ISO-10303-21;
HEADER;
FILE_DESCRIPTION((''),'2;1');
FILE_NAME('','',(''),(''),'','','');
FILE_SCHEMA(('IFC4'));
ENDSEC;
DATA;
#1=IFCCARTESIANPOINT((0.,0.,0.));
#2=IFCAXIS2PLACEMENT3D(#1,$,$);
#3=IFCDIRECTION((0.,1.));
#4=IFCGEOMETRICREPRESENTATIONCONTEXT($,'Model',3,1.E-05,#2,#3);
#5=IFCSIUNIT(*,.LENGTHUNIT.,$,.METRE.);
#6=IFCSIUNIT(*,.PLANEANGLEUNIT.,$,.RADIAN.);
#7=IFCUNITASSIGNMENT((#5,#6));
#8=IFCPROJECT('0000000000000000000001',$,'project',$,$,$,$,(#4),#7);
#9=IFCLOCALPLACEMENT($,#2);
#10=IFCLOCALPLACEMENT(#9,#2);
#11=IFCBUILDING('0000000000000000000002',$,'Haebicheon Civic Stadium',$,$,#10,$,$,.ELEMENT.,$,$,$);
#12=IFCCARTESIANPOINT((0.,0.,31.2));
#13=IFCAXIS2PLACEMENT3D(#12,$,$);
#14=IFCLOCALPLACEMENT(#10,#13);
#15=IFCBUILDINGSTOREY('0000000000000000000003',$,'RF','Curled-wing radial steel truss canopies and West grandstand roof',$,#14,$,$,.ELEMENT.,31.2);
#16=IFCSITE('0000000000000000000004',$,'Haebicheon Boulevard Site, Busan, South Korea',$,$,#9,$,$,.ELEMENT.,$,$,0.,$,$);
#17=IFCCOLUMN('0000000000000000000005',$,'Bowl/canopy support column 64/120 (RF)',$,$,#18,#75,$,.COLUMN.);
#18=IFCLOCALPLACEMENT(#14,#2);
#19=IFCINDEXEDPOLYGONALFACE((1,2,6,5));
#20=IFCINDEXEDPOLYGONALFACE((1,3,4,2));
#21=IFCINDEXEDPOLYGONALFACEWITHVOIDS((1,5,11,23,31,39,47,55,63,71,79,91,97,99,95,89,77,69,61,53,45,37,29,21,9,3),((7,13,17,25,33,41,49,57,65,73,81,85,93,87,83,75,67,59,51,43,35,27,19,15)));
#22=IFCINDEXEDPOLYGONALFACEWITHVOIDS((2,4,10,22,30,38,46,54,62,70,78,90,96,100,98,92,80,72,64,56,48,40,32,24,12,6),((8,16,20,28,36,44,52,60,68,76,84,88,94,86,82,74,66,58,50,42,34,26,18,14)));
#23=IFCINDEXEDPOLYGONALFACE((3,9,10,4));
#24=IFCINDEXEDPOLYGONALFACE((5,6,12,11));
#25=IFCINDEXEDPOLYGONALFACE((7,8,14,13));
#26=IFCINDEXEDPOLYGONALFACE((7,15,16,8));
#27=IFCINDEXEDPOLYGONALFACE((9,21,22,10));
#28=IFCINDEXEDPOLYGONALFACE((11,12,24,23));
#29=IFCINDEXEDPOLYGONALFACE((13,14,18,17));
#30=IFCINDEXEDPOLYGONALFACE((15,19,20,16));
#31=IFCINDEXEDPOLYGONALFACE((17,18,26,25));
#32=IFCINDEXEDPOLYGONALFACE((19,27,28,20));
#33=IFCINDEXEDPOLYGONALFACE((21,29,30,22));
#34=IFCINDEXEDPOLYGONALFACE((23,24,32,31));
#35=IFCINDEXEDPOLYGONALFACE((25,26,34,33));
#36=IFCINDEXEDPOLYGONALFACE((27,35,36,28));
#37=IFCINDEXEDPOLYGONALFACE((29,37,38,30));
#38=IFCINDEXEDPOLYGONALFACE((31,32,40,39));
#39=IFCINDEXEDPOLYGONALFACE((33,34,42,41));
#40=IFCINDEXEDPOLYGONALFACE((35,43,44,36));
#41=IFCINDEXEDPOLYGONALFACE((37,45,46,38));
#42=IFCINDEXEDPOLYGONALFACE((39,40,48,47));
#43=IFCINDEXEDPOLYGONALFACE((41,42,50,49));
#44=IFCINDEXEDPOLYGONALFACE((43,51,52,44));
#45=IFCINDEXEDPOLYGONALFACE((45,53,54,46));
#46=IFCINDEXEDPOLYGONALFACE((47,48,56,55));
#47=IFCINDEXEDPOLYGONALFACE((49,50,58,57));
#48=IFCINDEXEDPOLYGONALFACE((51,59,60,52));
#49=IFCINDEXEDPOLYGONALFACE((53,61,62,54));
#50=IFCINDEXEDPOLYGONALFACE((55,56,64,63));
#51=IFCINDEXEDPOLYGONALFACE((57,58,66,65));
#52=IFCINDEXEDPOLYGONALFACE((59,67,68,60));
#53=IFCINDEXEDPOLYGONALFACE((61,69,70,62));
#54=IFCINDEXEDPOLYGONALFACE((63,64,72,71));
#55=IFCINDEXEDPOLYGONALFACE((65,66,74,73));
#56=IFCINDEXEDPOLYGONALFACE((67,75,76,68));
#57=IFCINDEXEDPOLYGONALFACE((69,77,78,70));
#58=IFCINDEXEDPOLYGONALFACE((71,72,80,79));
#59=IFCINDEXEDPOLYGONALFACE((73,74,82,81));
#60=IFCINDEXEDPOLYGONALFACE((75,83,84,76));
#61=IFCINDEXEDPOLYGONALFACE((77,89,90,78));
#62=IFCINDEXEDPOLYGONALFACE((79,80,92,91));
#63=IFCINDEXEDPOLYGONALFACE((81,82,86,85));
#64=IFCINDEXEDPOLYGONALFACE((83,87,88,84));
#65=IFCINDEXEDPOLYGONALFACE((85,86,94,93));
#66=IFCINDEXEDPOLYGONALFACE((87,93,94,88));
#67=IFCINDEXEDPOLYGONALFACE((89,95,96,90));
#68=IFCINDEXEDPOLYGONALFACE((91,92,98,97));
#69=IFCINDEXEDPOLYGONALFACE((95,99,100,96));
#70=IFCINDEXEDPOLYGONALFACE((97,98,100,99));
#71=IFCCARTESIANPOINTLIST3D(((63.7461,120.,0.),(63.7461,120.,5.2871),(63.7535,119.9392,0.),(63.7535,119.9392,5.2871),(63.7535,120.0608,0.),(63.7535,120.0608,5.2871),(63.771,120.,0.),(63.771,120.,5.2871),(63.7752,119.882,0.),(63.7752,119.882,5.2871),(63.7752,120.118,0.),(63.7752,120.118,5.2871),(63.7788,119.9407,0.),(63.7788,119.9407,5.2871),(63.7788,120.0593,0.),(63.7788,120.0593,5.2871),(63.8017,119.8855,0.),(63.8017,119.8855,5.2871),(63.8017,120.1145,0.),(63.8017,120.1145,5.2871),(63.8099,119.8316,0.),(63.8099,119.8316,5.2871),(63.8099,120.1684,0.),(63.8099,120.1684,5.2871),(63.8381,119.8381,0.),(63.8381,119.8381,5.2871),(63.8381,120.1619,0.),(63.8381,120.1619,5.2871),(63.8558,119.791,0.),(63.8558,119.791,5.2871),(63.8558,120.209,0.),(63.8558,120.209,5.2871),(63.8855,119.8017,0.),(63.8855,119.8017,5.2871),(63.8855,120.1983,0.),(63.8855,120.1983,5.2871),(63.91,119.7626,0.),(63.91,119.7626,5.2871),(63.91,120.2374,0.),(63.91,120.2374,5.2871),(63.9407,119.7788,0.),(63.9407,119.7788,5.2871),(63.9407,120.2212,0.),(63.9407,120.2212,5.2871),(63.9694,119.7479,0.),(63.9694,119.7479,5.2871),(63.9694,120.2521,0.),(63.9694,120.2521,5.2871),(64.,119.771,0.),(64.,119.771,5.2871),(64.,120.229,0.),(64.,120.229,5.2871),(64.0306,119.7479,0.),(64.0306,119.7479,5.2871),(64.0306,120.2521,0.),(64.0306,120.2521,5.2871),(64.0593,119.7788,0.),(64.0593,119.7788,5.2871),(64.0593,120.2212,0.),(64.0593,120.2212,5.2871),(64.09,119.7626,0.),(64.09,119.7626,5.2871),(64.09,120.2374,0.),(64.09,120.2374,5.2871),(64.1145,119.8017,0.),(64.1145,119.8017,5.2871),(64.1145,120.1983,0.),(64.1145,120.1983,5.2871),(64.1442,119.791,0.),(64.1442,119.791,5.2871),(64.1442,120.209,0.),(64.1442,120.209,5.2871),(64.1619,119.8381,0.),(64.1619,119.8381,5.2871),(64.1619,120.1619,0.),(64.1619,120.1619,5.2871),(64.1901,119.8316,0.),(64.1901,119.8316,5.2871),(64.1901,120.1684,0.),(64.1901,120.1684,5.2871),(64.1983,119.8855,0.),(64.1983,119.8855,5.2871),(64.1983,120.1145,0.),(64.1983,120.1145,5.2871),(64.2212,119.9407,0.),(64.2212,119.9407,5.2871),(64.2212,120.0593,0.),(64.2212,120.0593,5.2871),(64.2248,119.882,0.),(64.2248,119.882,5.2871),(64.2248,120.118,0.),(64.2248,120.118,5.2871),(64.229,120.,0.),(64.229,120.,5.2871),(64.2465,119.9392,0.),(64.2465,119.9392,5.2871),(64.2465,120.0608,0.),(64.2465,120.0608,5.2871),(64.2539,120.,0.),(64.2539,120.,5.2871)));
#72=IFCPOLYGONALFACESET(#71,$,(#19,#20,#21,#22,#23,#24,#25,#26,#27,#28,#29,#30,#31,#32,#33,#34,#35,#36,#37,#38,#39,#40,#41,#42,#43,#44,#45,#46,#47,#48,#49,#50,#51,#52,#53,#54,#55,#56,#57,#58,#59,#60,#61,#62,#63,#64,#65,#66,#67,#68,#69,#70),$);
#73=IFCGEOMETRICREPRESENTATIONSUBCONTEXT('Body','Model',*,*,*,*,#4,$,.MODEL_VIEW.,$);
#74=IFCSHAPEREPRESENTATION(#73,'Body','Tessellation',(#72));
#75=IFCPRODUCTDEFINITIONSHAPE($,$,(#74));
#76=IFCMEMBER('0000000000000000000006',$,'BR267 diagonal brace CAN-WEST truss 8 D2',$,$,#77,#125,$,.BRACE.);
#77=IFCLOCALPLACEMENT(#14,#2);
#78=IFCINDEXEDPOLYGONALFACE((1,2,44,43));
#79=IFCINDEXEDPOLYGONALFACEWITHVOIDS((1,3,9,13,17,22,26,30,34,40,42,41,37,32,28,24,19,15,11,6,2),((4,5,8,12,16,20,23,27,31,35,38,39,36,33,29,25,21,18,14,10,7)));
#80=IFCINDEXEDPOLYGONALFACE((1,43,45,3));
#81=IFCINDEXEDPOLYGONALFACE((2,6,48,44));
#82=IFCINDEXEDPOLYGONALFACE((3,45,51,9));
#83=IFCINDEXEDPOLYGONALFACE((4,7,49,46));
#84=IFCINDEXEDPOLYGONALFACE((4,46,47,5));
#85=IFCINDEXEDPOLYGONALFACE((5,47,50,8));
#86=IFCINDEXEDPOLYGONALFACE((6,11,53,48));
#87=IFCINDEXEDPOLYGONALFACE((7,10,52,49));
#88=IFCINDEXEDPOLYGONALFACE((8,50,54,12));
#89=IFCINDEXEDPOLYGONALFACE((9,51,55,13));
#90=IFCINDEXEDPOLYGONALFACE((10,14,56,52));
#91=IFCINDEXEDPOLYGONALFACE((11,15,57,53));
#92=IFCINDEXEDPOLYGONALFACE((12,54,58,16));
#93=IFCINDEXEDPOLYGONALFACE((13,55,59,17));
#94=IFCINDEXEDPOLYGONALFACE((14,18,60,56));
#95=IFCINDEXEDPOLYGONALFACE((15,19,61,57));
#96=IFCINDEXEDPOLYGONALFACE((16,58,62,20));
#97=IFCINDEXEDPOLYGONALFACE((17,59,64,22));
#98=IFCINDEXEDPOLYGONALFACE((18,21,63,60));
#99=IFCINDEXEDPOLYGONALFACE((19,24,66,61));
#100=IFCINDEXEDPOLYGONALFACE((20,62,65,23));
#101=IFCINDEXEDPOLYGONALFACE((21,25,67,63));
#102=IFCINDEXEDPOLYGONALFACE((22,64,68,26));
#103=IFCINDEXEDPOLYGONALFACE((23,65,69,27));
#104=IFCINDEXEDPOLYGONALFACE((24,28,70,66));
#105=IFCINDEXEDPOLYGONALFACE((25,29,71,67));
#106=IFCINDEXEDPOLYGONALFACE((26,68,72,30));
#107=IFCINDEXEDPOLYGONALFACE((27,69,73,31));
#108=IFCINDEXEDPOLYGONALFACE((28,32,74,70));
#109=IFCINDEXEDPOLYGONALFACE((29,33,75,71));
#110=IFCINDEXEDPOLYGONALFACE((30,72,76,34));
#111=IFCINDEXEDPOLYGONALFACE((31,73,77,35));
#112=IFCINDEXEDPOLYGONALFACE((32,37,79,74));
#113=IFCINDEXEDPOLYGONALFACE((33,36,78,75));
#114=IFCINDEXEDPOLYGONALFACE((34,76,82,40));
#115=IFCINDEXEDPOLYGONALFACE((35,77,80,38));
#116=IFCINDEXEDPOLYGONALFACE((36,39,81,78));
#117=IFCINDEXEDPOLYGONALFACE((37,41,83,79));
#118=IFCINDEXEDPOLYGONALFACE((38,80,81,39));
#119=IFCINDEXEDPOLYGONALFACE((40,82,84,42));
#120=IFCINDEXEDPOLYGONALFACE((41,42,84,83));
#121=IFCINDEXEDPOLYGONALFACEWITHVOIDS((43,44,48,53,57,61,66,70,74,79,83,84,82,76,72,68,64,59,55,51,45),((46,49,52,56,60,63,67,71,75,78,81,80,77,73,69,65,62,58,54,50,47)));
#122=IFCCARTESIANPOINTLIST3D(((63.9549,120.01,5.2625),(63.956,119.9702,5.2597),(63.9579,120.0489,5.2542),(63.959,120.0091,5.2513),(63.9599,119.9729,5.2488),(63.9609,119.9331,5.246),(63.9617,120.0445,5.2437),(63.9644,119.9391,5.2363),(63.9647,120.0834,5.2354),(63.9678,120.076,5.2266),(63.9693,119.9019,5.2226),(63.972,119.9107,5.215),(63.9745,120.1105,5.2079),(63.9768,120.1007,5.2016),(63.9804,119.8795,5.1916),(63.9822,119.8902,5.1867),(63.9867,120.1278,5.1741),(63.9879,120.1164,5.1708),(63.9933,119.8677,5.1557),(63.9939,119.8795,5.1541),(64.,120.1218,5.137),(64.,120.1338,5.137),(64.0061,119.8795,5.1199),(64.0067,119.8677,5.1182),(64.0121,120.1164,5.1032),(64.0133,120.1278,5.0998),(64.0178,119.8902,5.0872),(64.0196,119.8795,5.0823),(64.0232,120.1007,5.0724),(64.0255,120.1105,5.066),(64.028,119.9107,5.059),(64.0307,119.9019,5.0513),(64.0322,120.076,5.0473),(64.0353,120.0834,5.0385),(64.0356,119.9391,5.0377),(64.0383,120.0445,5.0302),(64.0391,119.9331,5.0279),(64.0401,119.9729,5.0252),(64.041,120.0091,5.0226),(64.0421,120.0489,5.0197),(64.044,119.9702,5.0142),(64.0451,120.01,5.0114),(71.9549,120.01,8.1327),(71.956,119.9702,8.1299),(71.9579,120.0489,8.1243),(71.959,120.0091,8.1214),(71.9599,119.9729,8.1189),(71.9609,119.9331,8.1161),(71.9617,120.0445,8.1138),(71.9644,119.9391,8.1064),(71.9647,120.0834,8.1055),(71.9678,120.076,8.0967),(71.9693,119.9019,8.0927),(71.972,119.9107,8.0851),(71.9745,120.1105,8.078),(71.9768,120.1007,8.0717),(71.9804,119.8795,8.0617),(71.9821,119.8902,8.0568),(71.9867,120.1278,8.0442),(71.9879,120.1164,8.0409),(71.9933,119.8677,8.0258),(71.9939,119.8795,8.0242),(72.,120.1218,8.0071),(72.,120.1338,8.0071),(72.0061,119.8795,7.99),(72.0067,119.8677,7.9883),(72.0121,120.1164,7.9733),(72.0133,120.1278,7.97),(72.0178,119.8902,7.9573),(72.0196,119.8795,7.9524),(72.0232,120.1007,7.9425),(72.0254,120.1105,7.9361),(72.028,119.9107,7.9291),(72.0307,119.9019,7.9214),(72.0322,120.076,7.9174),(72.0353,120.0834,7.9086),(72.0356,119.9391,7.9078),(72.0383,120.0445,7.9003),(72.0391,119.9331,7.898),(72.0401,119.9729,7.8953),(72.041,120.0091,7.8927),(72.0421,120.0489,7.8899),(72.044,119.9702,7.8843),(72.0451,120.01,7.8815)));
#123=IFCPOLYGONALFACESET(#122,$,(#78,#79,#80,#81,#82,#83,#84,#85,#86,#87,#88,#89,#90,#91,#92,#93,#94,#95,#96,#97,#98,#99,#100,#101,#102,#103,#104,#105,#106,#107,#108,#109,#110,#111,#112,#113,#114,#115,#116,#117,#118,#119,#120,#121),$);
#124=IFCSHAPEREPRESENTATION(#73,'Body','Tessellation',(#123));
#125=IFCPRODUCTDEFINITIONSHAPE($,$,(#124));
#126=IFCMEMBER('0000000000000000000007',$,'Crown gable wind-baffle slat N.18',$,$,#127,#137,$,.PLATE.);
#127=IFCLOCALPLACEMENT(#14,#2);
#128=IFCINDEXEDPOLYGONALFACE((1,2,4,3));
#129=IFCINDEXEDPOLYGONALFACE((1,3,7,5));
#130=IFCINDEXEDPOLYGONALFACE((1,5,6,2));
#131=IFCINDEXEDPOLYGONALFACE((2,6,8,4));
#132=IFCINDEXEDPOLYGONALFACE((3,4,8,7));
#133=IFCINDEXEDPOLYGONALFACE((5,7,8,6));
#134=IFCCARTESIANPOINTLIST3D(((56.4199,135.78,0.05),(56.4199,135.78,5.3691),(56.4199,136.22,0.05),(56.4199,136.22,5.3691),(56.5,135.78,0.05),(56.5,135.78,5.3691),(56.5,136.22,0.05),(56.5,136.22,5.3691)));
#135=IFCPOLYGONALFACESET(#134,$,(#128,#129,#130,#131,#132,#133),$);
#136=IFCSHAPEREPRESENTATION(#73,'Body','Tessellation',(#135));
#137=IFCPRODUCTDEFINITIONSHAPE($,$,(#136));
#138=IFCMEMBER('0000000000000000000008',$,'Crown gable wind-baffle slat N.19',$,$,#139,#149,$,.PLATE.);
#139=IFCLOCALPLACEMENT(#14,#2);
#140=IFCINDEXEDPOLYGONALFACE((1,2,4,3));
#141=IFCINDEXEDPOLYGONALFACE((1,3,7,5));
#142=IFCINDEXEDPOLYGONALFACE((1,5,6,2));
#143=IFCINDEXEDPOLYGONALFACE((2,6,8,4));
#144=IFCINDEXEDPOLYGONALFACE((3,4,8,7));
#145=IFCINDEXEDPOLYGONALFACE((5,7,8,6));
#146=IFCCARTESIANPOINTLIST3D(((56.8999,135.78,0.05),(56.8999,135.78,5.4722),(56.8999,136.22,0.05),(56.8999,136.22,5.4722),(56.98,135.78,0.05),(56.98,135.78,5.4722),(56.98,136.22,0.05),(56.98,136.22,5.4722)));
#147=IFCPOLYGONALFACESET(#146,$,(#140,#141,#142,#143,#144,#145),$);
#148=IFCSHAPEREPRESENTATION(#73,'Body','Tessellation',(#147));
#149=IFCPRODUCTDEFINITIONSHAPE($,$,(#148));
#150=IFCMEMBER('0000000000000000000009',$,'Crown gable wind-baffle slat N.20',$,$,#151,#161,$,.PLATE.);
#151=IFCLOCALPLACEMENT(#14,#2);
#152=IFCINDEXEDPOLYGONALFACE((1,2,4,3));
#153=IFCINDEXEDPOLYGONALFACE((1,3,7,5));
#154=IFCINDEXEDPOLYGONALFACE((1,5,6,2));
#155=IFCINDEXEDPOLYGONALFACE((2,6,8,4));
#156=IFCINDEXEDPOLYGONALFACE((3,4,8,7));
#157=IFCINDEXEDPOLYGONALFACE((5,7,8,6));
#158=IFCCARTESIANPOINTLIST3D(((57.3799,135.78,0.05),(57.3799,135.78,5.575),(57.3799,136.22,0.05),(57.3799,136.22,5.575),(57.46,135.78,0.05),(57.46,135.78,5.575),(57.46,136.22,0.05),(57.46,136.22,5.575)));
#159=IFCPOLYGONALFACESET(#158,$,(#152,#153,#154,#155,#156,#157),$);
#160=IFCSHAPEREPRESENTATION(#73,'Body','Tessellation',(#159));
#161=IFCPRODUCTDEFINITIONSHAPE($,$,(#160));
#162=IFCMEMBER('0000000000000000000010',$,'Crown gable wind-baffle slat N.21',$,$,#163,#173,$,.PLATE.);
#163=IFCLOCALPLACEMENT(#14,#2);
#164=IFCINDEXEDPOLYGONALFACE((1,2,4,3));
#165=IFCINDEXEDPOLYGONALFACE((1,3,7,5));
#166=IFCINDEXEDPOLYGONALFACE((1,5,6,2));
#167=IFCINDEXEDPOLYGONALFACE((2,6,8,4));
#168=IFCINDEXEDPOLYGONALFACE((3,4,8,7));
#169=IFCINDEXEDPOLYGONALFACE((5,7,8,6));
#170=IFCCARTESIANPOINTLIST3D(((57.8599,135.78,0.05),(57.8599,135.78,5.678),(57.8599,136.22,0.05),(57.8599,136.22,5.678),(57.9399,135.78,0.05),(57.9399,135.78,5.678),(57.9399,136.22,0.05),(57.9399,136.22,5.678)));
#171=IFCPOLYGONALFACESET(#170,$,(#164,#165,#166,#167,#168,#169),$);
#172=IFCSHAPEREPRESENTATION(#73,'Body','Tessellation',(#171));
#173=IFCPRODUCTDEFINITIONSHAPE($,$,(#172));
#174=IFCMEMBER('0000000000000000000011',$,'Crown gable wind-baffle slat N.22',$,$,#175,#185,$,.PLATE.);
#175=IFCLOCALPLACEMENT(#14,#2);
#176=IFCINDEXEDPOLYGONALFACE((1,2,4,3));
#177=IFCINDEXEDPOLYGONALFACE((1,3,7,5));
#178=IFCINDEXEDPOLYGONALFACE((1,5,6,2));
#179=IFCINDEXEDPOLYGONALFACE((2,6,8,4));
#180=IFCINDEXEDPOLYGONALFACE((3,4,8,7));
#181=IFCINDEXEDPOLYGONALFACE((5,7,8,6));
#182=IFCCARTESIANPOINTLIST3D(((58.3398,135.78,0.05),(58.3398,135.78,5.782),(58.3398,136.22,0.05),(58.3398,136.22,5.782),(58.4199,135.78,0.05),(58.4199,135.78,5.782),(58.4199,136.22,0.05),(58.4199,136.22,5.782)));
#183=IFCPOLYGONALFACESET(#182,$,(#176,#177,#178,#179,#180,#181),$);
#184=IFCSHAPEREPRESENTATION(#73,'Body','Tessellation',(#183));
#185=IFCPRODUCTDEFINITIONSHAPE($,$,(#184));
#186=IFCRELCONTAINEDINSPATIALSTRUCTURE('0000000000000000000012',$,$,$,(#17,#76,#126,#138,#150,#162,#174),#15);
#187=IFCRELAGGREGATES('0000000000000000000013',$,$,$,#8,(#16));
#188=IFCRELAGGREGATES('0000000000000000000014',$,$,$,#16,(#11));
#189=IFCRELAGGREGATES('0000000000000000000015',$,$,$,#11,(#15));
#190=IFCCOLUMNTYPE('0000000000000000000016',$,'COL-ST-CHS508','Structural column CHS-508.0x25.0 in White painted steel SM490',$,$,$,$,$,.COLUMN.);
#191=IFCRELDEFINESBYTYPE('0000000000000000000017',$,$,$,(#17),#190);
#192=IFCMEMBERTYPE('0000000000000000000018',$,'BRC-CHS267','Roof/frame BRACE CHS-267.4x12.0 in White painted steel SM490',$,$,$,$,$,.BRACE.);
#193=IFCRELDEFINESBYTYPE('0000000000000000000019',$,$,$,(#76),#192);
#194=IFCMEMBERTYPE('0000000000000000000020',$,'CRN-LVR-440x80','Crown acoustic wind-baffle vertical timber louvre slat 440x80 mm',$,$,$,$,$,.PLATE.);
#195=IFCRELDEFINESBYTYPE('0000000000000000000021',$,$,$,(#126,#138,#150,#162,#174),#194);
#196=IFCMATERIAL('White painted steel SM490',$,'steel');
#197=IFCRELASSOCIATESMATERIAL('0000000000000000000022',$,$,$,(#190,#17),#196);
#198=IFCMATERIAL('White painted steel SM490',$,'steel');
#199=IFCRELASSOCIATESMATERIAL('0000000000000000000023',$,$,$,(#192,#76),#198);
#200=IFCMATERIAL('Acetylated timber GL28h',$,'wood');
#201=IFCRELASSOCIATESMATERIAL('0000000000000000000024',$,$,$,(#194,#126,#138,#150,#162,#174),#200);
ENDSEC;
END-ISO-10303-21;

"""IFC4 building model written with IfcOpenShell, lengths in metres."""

from ifc_helpers import new_model, si_unit, direction, frame, origin, origin_2d, place, context, subcontext, project, spatial, rectangle, hollow_circle, extrude, material, material_profile, profile_set, type_object, element, save


model = new_model("IFC4")

# Units and contexts
model_context = context("Model", 3, precision=1e-05, world=origin(), true_north=direction((0.0, 1.0)))
body_context = subcontext(model_context, "Body", "Model", "MODEL_VIEW")
ifc_project = project(units=[si_unit("LENGTHUNIT", "METRE"), si_unit("PLANEANGLEUNIT", "RADIAN")], contexts=[model_context])

# Site, building, storey
site_placement = place(None, origin())
site = spatial("IfcSite", under=ifc_project, at=site_placement, Name="Haebicheon Boulevard Site, Busan, South Korea", CompositionType="ELEMENT", RefElevation=0.0)
building_placement = place(site_placement, origin())
building = spatial("IfcBuilding", under=site, at=building_placement, Name="Haebicheon Civic Stadium", CompositionType="ELEMENT")
storey_placement = place(building_placement, frame((0.0, 0.0, 31.2)))
storey = spatial("IfcBuildingStorey", under=building, at=storey_placement, Name="RF", Description="Curled-wing radial steel truss canopies and West grandstand roof", CompositionType="ELEMENT", Elevation=31.2)

# Column
ifc_material_1 = material(Name="White painted steel SM490", Category="steel")
ifc_material_profile_1 = material_profile(ifc_material_1, hollow_circle(Radius=0.2539, WallThickness=0.0249, at=origin_2d()), Name="CHS-508.0x25.0")
ifc_profile_set_1 = profile_set([ifc_material_profile_1], Name="White painted steel SM490")
column_type = type_object("IfcColumnType", Name="COL-ST-CHS508", Description="Structural column CHS-508.0x25.0 in White painted steel SM490", PredefinedType="COLUMN", material=ifc_profile_set_1)
column_placement = place(storey_placement, frame((64.0, 120.0, 0.0), z_axis=(0.0, 0.0, 1.0), x_axis=(1.0, 0.0, 0.0)))
element("IfcColumn", 1, at=column_placement, inside=storey, type_object=column_type, material=ifc_profile_set_1, Name="Bowl/canopy support column 64/120 (RF)", PredefinedType="COLUMN", context=body_context, shape_type="SweptSolid", body=[
    extrude(hollow_circle(Radius=0.2539, WallThickness=0.0249, at=origin_2d()), origin(), (0.0, 0.0, 1.0), 5.2871),
])

# Members
ifc_material_2 = material(Name="White painted steel SM490", Category="steel")
ifc_material_profile_2 = material_profile(ifc_material_2, hollow_circle(Radius=0.1338, WallThickness=0.012, at=origin_2d()), Name="CHS-267.4x12.0")
ifc_profile_set_2 = profile_set([ifc_material_profile_2], Name="White painted steel SM490")
member_type_1 = type_object("IfcMemberType", Name="BRC-CHS267", Description="Roof/frame BRACE CHS-267.4x12.0 in White painted steel SM490", PredefinedType="BRACE", material=ifc_profile_set_2)
member_1_placement = place(storey_placement, frame((64.0, 120.0, 5.137), z_axis=(0.941257, 0.0, 0.33769), x_axis=(0.0, 1.0, 0.0)))
element("IfcMember", 2, at=member_1_placement, inside=storey, type_object=member_type_1, material=ifc_profile_set_2, Name="BR267 diagonal brace CAN-WEST truss 8 D2", PredefinedType="BRACE", context=body_context, shape_type="SweptSolid", body=[
    extrude(hollow_circle(Radius=0.1338, WallThickness=0.012, at=origin_2d()), origin(), (0.0, 0.0, 1.0), 8.4993),
])
ifc_material_3 = material(Name="Acetylated timber GL28h", Category="wood")
ifc_material_profile_3 = material_profile(ifc_material_3, rectangle(XDim=0.0801, YDim=0.4399, at=origin_2d()), Name="TMB-LOUV-80x440")
ifc_profile_set_3 = profile_set([ifc_material_profile_3], Name="Acetylated timber GL28h")
member_type_2 = type_object("IfcMemberType", Name="CRN-LVR-440x80", Description="Crown acoustic wind-baffle vertical timber louvre slat 440x80 mm", PredefinedType="PLATE", material=ifc_profile_set_3)
member_2_placement = place(storey_placement, frame((56.46, 136.0, 0.05), z_axis=(0.0, 0.0, 1.0), x_axis=(1.0, 0.0, 0.0)))
element("IfcMember", 3, at=member_2_placement, inside=storey, type_object=member_type_2, material=ifc_profile_set_3, Name="Crown gable wind-baffle slat N.18", PredefinedType="PLATE", context=body_context, shape_type="SweptSolid", body=[
    extrude(rectangle(XDim=0.0801, YDim=0.4399, at=origin_2d()), origin(), (0.0, 0.0, 1.0), 5.3191),
])
member_3_placement = place(storey_placement, frame((56.9399, 136.0, 0.05), z_axis=(0.0, 0.0, 1.0), x_axis=(1.0, 0.0, 0.0)))
element("IfcMember", 4, at=member_3_placement, inside=storey, type_object=member_type_2, material=ifc_profile_set_3, Name="Crown gable wind-baffle slat N.19", PredefinedType="PLATE", context=body_context, shape_type="SweptSolid", body=[
    extrude(rectangle(XDim=0.0801, YDim=0.4399, at=origin_2d()), origin(), (0.0, 0.0, 1.0), 5.4221),
])
member_4_placement = place(storey_placement, frame((57.4199, 136.0, 0.05), z_axis=(0.0, 0.0, 1.0), x_axis=(1.0, 0.0, 0.0)))
element("IfcMember", 5, at=member_4_placement, inside=storey, type_object=member_type_2, material=ifc_profile_set_3, Name="Crown gable wind-baffle slat N.20", PredefinedType="PLATE", context=body_context, shape_type="SweptSolid", body=[
    extrude(rectangle(XDim=0.0801, YDim=0.4399, at=origin_2d()), origin(), (0.0, 0.0, 1.0), 5.5249),
])
member_5_placement = place(storey_placement, frame((57.8999, 136.0, 0.05), z_axis=(0.0, 0.0, 1.0), x_axis=(1.0, 0.0, 0.0)))
element("IfcMember", 6, at=member_5_placement, inside=storey, type_object=member_type_2, material=ifc_profile_set_3, Name="Crown gable wind-baffle slat N.21", PredefinedType="PLATE", context=body_context, shape_type="SweptSolid", body=[
    extrude(rectangle(XDim=0.0801, YDim=0.4399, at=origin_2d()), origin(), (0.0, 0.0, 1.0), 5.6279),
])
member_6_placement = place(storey_placement, frame((58.3799, 136.0, 0.05), z_axis=(0.0, 0.0, 1.0), x_axis=(1.0, 0.0, 0.0)))
element("IfcMember", 7, at=member_6_placement, inside=storey, type_object=member_type_2, material=ifc_profile_set_3, Name="Crown gable wind-baffle slat N.22", PredefinedType="PLATE", context=body_context, shape_type="SweptSolid", body=[
    extrude(rectangle(XDim=0.0801, YDim=0.4399, at=origin_2d()), origin(), (0.0, 0.0, 1.0), 5.7319),
])

save(model, "model.ifc")
